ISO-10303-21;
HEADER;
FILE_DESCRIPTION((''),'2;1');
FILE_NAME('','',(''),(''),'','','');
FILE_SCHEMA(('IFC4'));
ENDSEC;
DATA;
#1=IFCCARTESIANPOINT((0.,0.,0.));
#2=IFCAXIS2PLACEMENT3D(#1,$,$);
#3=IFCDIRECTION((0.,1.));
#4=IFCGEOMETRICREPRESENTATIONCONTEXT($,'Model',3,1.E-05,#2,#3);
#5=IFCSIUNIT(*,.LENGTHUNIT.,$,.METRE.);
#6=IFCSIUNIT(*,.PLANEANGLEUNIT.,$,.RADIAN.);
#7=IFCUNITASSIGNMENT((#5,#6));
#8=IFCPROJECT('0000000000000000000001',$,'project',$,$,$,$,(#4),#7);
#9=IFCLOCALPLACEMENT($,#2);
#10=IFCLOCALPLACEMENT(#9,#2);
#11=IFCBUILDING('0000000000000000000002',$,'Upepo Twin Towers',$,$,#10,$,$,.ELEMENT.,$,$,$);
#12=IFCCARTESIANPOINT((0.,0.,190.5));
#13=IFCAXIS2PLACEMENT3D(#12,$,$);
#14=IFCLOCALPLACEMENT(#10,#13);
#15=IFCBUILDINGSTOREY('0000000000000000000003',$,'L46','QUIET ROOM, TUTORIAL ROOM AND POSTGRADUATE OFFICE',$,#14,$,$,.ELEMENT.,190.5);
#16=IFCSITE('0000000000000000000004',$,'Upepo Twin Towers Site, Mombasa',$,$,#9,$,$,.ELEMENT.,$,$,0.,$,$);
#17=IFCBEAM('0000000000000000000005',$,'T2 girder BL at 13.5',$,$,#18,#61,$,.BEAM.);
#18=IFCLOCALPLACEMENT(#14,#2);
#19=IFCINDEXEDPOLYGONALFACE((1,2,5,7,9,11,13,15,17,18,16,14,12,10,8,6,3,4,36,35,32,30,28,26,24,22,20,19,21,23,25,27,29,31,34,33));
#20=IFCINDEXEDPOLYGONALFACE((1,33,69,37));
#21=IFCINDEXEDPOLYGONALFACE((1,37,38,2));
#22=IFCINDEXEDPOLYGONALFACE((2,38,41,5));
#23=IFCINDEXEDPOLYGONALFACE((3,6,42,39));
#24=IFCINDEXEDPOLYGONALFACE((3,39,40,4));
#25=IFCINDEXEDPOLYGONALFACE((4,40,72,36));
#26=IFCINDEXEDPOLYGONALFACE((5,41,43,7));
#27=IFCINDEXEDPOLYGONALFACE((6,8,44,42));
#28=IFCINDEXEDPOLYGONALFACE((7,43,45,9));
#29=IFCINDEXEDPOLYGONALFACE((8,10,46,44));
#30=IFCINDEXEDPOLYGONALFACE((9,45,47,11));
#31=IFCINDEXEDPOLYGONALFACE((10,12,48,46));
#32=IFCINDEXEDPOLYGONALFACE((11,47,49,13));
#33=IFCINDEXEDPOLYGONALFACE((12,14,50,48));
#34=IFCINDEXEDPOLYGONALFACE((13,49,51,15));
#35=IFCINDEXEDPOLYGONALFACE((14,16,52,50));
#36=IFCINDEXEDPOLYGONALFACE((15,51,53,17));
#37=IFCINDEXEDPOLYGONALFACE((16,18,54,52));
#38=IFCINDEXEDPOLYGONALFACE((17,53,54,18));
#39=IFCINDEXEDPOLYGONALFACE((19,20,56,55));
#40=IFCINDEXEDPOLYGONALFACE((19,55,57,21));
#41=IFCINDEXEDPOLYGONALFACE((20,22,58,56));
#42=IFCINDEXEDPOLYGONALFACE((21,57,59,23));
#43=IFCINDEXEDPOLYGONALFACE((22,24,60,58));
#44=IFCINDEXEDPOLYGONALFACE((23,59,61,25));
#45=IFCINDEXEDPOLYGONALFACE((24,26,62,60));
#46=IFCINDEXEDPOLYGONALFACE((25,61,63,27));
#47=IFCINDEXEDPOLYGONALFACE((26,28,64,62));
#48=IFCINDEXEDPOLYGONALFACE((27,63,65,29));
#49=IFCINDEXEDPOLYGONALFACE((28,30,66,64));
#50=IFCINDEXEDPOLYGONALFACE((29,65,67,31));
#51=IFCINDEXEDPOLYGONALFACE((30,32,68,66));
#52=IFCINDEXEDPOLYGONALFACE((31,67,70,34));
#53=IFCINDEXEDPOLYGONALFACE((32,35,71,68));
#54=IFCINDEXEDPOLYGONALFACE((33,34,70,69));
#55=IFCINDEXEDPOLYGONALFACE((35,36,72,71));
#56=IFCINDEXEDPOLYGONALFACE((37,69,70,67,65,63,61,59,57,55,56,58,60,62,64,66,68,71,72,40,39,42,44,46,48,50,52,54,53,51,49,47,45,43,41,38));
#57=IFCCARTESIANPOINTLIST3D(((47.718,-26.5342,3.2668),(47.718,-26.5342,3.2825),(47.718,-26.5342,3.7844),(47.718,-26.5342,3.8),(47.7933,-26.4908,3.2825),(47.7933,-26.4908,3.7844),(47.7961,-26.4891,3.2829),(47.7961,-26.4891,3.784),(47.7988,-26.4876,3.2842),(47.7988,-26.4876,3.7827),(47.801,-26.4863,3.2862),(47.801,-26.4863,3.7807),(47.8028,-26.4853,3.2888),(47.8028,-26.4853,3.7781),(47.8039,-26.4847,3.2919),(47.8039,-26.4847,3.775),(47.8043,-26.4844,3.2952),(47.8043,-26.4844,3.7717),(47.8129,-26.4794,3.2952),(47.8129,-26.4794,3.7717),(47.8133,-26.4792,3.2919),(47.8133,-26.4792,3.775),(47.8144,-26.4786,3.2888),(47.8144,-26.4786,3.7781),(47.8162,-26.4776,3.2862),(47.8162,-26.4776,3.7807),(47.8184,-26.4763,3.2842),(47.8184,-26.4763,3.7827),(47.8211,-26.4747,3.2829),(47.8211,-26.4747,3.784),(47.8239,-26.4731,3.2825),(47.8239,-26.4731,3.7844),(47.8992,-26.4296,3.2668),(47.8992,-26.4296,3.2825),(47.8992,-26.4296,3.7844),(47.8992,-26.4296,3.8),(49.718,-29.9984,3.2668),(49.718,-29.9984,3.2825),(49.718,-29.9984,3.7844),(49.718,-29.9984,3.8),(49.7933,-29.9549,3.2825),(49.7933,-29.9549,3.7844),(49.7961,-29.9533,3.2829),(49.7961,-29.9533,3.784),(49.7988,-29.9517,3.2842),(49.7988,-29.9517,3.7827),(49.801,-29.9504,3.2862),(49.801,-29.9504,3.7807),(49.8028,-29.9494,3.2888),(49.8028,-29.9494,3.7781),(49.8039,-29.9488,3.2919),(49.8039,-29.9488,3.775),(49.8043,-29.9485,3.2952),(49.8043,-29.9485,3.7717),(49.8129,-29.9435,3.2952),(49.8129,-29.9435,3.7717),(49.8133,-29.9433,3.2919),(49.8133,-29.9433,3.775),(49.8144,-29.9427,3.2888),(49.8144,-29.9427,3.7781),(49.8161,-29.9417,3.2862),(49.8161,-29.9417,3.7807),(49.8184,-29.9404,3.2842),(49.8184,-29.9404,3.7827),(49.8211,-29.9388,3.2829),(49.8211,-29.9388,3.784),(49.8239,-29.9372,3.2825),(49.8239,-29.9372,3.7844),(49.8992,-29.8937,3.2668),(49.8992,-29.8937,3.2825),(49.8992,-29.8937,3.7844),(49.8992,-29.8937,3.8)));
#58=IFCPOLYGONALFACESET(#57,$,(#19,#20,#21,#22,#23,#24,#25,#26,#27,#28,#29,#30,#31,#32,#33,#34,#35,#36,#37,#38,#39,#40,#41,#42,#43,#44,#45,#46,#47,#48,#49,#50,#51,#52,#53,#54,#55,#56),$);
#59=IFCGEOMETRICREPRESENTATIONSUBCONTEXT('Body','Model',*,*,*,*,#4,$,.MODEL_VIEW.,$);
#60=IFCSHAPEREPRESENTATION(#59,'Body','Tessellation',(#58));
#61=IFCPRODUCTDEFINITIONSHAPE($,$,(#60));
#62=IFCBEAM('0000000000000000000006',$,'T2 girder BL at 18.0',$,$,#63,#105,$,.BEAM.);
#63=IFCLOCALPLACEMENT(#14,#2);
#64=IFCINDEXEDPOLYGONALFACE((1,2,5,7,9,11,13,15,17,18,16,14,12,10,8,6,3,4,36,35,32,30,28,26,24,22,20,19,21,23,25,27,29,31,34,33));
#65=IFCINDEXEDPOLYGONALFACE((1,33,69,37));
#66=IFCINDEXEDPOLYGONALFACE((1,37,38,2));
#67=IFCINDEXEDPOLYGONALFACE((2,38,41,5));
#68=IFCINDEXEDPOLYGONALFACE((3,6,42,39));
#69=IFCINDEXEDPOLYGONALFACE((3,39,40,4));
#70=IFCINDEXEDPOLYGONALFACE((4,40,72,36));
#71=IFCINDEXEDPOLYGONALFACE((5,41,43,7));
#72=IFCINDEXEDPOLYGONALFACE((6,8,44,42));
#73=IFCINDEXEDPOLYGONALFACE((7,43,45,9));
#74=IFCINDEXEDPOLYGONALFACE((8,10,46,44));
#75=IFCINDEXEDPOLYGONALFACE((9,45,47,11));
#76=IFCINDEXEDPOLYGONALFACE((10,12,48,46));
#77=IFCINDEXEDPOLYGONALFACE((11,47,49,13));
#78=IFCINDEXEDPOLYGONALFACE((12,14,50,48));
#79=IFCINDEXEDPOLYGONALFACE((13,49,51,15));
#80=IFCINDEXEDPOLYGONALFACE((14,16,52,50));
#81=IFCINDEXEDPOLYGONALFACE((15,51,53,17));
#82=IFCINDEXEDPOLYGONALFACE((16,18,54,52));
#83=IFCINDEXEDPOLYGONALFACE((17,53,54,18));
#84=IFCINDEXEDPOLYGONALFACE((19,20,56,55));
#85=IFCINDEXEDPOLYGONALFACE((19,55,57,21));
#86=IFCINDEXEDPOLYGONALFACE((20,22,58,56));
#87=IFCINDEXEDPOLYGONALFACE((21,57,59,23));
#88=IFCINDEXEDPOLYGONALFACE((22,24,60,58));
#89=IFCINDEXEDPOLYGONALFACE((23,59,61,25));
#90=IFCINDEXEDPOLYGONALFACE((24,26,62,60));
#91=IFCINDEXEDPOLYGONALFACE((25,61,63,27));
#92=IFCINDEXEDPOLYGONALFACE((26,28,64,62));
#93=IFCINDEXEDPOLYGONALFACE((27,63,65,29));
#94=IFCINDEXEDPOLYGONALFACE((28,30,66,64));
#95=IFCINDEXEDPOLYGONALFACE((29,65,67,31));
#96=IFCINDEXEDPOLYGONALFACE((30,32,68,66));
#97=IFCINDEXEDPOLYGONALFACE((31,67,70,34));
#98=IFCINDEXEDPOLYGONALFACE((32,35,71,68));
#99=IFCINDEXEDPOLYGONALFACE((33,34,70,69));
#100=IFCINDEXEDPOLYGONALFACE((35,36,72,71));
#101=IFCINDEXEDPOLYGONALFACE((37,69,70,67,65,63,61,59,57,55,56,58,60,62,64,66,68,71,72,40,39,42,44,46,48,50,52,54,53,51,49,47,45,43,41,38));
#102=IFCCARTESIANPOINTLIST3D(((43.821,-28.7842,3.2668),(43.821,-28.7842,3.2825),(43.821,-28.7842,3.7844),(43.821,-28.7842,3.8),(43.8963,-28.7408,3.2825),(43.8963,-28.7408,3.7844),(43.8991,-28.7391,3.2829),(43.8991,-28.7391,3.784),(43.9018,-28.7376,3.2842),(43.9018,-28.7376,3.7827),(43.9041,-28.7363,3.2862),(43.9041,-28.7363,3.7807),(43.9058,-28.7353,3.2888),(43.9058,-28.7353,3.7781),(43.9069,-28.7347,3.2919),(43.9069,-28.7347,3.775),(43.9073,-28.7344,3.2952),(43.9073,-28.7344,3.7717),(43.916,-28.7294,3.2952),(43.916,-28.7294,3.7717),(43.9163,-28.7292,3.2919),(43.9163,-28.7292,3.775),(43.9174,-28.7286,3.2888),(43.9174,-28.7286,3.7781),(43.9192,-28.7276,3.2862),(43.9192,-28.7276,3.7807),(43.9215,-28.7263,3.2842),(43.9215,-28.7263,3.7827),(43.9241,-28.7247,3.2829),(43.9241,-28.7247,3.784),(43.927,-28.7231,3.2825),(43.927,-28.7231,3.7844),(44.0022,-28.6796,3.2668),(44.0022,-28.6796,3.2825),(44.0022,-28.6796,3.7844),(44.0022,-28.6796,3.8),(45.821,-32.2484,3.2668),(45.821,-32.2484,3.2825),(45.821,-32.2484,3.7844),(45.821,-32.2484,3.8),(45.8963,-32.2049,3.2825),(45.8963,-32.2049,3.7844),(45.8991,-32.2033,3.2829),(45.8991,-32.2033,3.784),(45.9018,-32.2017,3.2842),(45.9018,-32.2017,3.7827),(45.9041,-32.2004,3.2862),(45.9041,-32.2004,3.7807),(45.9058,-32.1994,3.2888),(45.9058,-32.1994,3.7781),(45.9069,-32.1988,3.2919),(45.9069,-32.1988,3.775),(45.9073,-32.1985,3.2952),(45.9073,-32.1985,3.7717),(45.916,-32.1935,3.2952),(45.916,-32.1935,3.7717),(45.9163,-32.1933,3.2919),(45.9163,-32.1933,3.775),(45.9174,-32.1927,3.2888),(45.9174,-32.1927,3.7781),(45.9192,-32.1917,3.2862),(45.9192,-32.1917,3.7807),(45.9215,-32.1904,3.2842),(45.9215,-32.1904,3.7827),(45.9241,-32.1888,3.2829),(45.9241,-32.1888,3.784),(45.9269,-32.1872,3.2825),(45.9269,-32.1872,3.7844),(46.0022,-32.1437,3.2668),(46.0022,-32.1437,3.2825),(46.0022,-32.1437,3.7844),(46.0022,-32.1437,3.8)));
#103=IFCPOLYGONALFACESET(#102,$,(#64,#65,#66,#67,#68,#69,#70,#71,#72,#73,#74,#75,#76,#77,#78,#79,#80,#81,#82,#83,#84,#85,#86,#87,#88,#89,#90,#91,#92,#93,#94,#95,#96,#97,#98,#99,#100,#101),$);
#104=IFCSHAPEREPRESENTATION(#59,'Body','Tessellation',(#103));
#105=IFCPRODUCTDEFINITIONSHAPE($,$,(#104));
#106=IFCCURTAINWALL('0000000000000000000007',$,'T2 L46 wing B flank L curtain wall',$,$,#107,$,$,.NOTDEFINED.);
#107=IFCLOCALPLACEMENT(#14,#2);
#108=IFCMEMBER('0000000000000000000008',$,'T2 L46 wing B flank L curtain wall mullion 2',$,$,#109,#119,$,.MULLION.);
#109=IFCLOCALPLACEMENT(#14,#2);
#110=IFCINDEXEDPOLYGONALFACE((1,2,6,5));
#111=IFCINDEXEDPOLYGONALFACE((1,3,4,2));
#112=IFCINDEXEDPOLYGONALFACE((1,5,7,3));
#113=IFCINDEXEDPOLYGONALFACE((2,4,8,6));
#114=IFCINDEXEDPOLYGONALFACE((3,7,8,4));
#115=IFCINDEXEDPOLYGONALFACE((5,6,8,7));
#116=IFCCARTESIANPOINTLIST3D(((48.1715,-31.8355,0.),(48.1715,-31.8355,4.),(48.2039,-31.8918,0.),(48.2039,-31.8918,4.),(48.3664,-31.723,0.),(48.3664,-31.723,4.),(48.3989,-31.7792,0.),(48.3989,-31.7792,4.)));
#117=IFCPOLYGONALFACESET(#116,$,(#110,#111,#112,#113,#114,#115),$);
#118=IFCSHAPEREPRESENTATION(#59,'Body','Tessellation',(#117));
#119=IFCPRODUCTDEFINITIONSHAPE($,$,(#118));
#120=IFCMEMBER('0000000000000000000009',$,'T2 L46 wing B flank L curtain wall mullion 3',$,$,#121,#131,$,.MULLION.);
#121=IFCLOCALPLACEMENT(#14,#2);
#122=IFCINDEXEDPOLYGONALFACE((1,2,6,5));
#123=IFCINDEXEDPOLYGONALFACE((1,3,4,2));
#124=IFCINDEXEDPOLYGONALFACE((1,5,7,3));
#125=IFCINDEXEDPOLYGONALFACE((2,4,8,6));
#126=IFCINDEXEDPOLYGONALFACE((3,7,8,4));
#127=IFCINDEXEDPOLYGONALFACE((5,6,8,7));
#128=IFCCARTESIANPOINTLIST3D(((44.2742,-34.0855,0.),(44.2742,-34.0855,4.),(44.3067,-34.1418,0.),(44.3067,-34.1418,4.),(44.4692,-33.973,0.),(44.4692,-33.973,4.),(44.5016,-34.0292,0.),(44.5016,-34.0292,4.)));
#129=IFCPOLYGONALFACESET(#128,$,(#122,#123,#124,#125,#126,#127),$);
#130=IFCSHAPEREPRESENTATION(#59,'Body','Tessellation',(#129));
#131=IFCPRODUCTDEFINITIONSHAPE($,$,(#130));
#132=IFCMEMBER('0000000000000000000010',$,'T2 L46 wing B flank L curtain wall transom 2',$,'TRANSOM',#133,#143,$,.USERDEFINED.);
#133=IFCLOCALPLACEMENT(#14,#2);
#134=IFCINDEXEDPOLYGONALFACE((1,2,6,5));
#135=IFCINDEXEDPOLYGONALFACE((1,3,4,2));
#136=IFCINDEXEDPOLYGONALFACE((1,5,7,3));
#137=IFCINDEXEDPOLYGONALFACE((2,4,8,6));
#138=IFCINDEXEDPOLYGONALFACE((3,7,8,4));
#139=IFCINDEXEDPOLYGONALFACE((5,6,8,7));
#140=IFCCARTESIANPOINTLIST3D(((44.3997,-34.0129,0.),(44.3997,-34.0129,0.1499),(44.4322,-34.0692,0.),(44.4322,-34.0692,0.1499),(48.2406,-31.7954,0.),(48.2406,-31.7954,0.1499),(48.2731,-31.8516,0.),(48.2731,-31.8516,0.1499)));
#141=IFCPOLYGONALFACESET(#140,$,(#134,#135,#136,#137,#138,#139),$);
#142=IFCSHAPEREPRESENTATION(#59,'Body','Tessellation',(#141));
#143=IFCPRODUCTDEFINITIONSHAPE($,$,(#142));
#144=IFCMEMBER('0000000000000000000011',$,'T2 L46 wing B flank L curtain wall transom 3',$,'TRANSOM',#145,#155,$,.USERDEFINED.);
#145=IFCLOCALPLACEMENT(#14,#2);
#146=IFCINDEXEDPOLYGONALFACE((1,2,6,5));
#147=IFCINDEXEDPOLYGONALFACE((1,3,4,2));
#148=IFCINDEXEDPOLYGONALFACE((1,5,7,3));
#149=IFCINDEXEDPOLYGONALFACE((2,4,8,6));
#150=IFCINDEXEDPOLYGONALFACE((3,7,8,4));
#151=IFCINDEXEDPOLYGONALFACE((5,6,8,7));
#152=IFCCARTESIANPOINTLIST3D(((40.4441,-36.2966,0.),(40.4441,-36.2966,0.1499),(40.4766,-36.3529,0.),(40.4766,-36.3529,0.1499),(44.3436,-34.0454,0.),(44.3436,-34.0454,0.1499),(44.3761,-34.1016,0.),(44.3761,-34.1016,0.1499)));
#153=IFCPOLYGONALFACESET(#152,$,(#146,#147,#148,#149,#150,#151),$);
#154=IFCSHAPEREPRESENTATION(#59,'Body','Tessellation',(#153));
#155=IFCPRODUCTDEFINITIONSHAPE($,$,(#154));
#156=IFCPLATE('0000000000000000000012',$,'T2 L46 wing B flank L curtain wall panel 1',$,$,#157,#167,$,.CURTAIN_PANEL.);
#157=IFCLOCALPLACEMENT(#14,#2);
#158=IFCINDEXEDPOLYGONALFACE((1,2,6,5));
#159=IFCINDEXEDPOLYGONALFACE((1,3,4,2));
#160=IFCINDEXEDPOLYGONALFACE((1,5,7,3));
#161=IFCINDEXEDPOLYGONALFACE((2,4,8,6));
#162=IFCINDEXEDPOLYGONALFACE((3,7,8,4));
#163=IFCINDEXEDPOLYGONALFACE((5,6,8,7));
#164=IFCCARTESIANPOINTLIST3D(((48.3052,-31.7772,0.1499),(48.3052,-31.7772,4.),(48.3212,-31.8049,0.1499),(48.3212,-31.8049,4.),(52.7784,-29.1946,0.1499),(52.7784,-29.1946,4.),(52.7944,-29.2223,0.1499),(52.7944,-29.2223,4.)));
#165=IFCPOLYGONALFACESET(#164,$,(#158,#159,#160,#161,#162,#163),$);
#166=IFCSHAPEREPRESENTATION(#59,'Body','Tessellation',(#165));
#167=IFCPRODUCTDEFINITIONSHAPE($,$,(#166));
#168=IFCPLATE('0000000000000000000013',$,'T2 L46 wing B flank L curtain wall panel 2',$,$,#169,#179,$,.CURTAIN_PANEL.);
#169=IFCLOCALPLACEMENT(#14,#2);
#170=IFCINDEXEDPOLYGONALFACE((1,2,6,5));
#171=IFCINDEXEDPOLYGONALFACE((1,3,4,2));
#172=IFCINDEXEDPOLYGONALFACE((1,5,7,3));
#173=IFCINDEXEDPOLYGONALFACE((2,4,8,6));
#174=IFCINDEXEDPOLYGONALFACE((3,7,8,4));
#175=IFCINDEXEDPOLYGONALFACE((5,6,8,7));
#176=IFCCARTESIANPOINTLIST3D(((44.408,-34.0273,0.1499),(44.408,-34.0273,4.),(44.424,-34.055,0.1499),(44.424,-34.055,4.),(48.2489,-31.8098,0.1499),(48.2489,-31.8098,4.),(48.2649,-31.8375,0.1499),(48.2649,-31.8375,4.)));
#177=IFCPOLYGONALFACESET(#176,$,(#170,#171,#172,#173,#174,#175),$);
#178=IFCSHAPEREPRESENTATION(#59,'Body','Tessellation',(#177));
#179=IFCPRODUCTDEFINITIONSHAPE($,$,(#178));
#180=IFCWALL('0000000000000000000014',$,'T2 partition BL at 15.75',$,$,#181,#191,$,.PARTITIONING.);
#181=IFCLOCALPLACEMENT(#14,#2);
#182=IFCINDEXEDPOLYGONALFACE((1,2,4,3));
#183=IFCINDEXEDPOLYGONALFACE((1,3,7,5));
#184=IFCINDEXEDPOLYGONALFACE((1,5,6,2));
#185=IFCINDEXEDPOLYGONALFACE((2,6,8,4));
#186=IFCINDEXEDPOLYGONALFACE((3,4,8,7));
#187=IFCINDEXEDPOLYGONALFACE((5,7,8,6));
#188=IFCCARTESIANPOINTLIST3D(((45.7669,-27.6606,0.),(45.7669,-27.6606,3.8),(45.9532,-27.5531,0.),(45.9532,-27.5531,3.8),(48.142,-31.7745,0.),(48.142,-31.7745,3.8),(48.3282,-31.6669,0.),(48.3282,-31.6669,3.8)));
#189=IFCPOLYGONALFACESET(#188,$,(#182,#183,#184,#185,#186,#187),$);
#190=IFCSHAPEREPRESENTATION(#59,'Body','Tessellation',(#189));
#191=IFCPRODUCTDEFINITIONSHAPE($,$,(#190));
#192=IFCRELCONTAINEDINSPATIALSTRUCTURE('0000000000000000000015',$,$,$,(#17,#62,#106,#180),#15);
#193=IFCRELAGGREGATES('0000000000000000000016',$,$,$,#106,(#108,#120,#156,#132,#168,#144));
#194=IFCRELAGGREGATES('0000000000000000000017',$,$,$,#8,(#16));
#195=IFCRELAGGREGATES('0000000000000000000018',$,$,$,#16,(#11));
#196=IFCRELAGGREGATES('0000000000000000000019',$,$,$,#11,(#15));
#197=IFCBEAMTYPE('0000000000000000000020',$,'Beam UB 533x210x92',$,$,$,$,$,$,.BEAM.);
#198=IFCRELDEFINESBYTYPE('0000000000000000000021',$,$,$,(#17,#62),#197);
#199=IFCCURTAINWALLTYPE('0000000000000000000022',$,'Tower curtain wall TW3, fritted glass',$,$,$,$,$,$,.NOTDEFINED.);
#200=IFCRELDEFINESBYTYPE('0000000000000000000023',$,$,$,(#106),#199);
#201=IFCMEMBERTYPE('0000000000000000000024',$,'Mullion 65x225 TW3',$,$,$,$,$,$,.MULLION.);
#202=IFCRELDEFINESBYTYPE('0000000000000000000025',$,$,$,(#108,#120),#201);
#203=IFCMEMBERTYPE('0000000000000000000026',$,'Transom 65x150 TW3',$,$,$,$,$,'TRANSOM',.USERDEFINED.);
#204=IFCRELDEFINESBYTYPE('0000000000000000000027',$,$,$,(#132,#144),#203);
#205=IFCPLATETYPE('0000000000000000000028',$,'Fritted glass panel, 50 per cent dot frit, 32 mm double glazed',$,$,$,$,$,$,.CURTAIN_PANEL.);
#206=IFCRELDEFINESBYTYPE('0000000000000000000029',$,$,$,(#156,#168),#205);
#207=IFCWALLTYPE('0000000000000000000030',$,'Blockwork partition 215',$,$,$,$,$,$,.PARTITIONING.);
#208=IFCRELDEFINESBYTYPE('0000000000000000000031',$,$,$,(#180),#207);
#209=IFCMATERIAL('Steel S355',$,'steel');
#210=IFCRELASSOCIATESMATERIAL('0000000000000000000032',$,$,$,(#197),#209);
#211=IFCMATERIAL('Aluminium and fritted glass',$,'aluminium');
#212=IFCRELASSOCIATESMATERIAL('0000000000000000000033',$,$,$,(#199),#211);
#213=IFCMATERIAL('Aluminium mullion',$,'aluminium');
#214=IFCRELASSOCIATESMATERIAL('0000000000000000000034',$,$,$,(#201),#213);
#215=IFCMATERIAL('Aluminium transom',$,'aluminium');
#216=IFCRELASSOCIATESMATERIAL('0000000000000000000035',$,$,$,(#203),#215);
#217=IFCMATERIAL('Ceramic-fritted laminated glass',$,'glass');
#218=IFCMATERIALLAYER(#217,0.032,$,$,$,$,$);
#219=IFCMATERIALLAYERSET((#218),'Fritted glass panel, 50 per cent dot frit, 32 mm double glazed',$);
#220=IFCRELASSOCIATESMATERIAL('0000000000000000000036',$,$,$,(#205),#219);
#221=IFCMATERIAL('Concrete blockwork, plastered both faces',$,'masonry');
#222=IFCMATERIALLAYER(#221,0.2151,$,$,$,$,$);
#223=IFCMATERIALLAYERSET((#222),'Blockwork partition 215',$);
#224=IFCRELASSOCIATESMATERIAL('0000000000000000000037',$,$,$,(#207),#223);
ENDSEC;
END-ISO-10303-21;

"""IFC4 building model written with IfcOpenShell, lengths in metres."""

from ifc_helpers import new_model, si_unit, direction, frame, frame_2d, origin, origin_2d, place, context, subcontext, project, spatial, rectangle, i_section, extrude, material, layer, layer_set, material_profile, profile_set, type_object, element, aggregate, save


model = new_model("IFC4")

# Units and contexts
model_context = context("Model", 3, precision=1e-05, world=origin(), true_north=direction((0.0, 1.0)))
body_context = subcontext(model_context, "Body", "Model", "MODEL_VIEW")
ifc_project = project(units=[si_unit("LENGTHUNIT", "METRE"), si_unit("PLANEANGLEUNIT", "RADIAN")], contexts=[model_context])

# Site, building, storey
site_placement = place(None, origin())
site = spatial("IfcSite", under=ifc_project, at=site_placement, Name="Upepo Twin Towers Site, Mombasa", CompositionType="ELEMENT", RefElevation=0.0)
building_placement = place(site_placement, origin())
building = spatial("IfcBuilding", under=site, at=building_placement, Name="Upepo Twin Towers", CompositionType="ELEMENT")
storey_placement = place(building_placement, frame((0.0, 0.0, 190.5)))
storey = spatial("IfcBuildingStorey", under=building, at=storey_placement, Name="L46", Description="QUIET ROOM, TUTORIAL ROOM AND POSTGRADUATE OFFICE", CompositionType="ELEMENT", Elevation=190.5)

# Beams
ifc_material_1 = material(Name="Steel S355", Category="steel")
ifc_material_profile_1 = material_profile(ifc_material_1, i_section(OverallWidth=0.2092, OverallDepth=0.5332, WebThickness=0.01, FlangeThickness=0.0156, FilletRadius=0.0127, at=origin_2d()), Name="UB 533x210x92")
ifc_profile_set_1 = profile_set([ifc_material_profile_1], Name="Steel S355")
beam_type_1 = type_object("IfcBeamType", Name="Beam UB 533x210x92", PredefinedType="BEAM", material=ifc_profile_set_1)
for number, where, z_axis, x_axis, name in (
    (1, (49.8086, -29.946, 3.5334), (-0.499999, 0.866026, 0.0), (-0.866026, -0.499999, 0.0), "T2 girder BL at 13.5"),
    (2, (45.9116, -32.196, 3.5334), (-0.499999, 0.866026, 0.0), (-0.866026, -0.499999, 0.0), "T2 girder BL at 18.0"),
):
    element("IfcBeam", number, at=place(storey_placement, frame(where, z_axis=z_axis, x_axis=x_axis)), inside=storey, type_object=beam_type_1, Name=name, PredefinedType="BEAM", context=body_context, shape_type="SweptSolid", body=[
        extrude(i_section(OverallWidth=0.2092, OverallDepth=0.5332, WebThickness=0.01, FlangeThickness=0.0156, FilletRadius=0.0127, at=origin_2d()), origin(), (0.0, 0.0, 1.0), 4.0),
    ])

# Curtain wall, members, plates
ifc_material_2 = material(Name="Aluminium and fritted glass", Category="aluminium")
curtain_wall_type = type_object("IfcCurtainWallType", Name="Tower curtain wall TW3, fritted glass", PredefinedType="NOTDEFINED", material=ifc_material_2)
curtain_wall_placement = place(storey_placement, origin())
curtain_wall = element("IfcCurtainWall", 3, at=curtain_wall_placement, inside=storey, type_object=curtain_wall_type, Name="T2 L46 wing B flank L curtain wall", PredefinedType="NOTDEFINED")
ifc_material_3 = material(Name="Aluminium mullion", Category="aluminium")
ifc_material_profile_2 = material_profile(ifc_material_3, rectangle(XDim=0.0649, YDim=0.2251, at=origin_2d()), Name="MULLION 65x225")
ifc_profile_set_2 = profile_set([ifc_material_profile_2], Name="Aluminium mullion")
member_type_1 = type_object("IfcMemberType", Name="Mullion 65x225 TW3", PredefinedType="MULLION", material=ifc_profile_set_2)
member_1_placement = place(storey_placement, frame((48.2852, -31.8074, 0.0), z_axis=(0.0, 0.0, 1.0), x_axis=(0.5, -0.866025, 0.0)))
member_1 = element("IfcMember", 4, at=member_1_placement, type_object=member_type_1, Name="T2 L46 wing B flank L curtain wall mullion 2", PredefinedType="MULLION", context=body_context, shape_type="SweptSolid", body=[
    extrude(rectangle(XDim=0.0649, YDim=0.2251, at=origin_2d()), origin(), (0.0, 0.0, 1.0), 4.0),
])
member_2_placement = place(storey_placement, frame((44.3879, -34.0574, 0.0), z_axis=(0.0, 0.0, 1.0), x_axis=(0.5, -0.866025, 0.0)))
member_2 = element("IfcMember", 5, at=member_2_placement, type_object=member_type_1, Name="T2 L46 wing B flank L curtain wall mullion 3", PredefinedType="MULLION", context=body_context, shape_type="SweptSolid", body=[
    extrude(rectangle(XDim=0.0649, YDim=0.2251, at=origin_2d()), origin(), (0.0, 0.0, 1.0), 4.0),
])
ifc_material_4 = material(Name="Aluminium transom", Category="aluminium")
ifc_material_profile_3 = material_profile(ifc_material_4, rectangle(XDim=0.0649, YDim=0.1499, at=origin_2d()), Name="TRANSOM 65x150")
ifc_profile_set_3 = profile_set([ifc_material_profile_3], Name="Aluminium transom")
member_type_2 = type_object("IfcMemberType", Name="Transom 65x150 TW3", ElementType="TRANSOM", PredefinedType="USERDEFINED", material=ifc_profile_set_3)
member_3_placement = place(storey_placement, frame((48.2568, -31.8235, 0.075), z_axis=(-0.866022, -0.500005, 0.0), x_axis=(0.500005, -0.866022, 0.0)))
member_3 = element("IfcMember", 6, at=member_3_placement, type_object=member_type_2, Name="T2 L46 wing B flank L curtain wall transom 2", ObjectType="TRANSOM", PredefinedType="USERDEFINED", context=body_context, shape_type="SweptSolid", body=[
    extrude(rectangle(XDim=0.0649, YDim=0.1499, at=origin_2d()), origin(), (0.0, 0.0, 1.0), 4.4351),
])
member_4_placement = place(storey_placement, frame((44.3599, -34.0735, 0.075), z_axis=(-0.866036, -0.499982, 0.0), x_axis=(0.499982, -0.866036, 0.0)))
member_4 = element("IfcMember", 7, at=member_4_placement, type_object=member_type_2, Name="T2 L46 wing B flank L curtain wall transom 3", ObjectType="TRANSOM", PredefinedType="USERDEFINED", context=body_context, shape_type="SweptSolid", body=[
    extrude(rectangle(XDim=0.0649, YDim=0.1499, at=origin_2d()), origin(), (0.0, 0.0, 1.0), 4.5027),
])
ifc_material_5 = material(Name="Ceramic-fritted laminated glass", Category="glass")
ifc_layer_1 = layer(ifc_material_5, 0.032)
ifc_layer_set_1 = layer_set([ifc_layer_1], Name="Fritted glass panel, 50 per cent dot frit, 32 mm double glazed")
plate_type = type_object("IfcPlateType", Name="Fritted glass panel, 50 per cent dot frit, 32 mm double glazed", PredefinedType="CURTAIN_PANEL", material=ifc_layer_set_1)
plate_1_placement = place(storey_placement, frame((50.5498, -30.4998, 0.1499), z_axis=(0.0, 0.0, 1.0), x_axis=(-0.866025, -0.5, 0.0)))
plate_1 = element("IfcPlate", 8, at=plate_1_placement, type_object=plate_type, Name="T2 L46 wing B flank L curtain wall panel 1", PredefinedType="CURTAIN_PANEL", context=body_context, shape_type="SweptSolid", body=[
    extrude(rectangle(XDim=5.1653, YDim=0.032, at=origin_2d()), origin(), (0.0, 0.0, 1.0), 3.8501),
])
plate_2_placement = place(storey_placement, frame((46.3364, -32.9324, 0.1499), z_axis=(0.0, 0.0, 1.0), x_axis=(-0.866025, -0.5, 0.0)))
plate_2 = element("IfcPlate", 9, at=plate_2_placement, type_object=plate_type, Name="T2 L46 wing B flank L curtain wall panel 2", PredefinedType="CURTAIN_PANEL", context=body_context, shape_type="SweptSolid", body=[
    extrude(rectangle(XDim=4.4351, YDim=0.032, at=origin_2d()), origin(), (0.0, 0.0, 1.0), 3.8501),
])
aggregate(curtain_wall, [member_1, member_2, plate_1, member_3, plate_2, member_4])

# Wall
ifc_material_6 = material(Name="Concrete blockwork, plastered both faces", Category="masonry")
ifc_layer_2 = layer(ifc_material_6, 0.2151)
ifc_layer_set_2 = layer_set([ifc_layer_2], Name="Blockwork partition 215")
wall_type_1 = type_object("IfcWallType", Name="Blockwork partition 215", PredefinedType="PARTITIONING", material=ifc_layer_set_2)
wall_1_placement = place(storey_placement, frame((45.8601, -27.6069, 0.0), z_axis=(0.0, 0.0, 1.0), x_axis=(0.499986, -0.866033, 0.0)))
element("IfcWall", 10, at=wall_1_placement, inside=storey, type_object=wall_type_1, Name="T2 partition BL at 15.75", PredefinedType="PARTITIONING", context=body_context, shape_type="SweptSolid", body=[
    extrude(rectangle(XDim=4.7502, YDim=0.2151, at=frame_2d((2.375, 0.0))), origin(), (0.0, 0.0, 1.0), 3.8),
])

save(model, "model.ifc")
